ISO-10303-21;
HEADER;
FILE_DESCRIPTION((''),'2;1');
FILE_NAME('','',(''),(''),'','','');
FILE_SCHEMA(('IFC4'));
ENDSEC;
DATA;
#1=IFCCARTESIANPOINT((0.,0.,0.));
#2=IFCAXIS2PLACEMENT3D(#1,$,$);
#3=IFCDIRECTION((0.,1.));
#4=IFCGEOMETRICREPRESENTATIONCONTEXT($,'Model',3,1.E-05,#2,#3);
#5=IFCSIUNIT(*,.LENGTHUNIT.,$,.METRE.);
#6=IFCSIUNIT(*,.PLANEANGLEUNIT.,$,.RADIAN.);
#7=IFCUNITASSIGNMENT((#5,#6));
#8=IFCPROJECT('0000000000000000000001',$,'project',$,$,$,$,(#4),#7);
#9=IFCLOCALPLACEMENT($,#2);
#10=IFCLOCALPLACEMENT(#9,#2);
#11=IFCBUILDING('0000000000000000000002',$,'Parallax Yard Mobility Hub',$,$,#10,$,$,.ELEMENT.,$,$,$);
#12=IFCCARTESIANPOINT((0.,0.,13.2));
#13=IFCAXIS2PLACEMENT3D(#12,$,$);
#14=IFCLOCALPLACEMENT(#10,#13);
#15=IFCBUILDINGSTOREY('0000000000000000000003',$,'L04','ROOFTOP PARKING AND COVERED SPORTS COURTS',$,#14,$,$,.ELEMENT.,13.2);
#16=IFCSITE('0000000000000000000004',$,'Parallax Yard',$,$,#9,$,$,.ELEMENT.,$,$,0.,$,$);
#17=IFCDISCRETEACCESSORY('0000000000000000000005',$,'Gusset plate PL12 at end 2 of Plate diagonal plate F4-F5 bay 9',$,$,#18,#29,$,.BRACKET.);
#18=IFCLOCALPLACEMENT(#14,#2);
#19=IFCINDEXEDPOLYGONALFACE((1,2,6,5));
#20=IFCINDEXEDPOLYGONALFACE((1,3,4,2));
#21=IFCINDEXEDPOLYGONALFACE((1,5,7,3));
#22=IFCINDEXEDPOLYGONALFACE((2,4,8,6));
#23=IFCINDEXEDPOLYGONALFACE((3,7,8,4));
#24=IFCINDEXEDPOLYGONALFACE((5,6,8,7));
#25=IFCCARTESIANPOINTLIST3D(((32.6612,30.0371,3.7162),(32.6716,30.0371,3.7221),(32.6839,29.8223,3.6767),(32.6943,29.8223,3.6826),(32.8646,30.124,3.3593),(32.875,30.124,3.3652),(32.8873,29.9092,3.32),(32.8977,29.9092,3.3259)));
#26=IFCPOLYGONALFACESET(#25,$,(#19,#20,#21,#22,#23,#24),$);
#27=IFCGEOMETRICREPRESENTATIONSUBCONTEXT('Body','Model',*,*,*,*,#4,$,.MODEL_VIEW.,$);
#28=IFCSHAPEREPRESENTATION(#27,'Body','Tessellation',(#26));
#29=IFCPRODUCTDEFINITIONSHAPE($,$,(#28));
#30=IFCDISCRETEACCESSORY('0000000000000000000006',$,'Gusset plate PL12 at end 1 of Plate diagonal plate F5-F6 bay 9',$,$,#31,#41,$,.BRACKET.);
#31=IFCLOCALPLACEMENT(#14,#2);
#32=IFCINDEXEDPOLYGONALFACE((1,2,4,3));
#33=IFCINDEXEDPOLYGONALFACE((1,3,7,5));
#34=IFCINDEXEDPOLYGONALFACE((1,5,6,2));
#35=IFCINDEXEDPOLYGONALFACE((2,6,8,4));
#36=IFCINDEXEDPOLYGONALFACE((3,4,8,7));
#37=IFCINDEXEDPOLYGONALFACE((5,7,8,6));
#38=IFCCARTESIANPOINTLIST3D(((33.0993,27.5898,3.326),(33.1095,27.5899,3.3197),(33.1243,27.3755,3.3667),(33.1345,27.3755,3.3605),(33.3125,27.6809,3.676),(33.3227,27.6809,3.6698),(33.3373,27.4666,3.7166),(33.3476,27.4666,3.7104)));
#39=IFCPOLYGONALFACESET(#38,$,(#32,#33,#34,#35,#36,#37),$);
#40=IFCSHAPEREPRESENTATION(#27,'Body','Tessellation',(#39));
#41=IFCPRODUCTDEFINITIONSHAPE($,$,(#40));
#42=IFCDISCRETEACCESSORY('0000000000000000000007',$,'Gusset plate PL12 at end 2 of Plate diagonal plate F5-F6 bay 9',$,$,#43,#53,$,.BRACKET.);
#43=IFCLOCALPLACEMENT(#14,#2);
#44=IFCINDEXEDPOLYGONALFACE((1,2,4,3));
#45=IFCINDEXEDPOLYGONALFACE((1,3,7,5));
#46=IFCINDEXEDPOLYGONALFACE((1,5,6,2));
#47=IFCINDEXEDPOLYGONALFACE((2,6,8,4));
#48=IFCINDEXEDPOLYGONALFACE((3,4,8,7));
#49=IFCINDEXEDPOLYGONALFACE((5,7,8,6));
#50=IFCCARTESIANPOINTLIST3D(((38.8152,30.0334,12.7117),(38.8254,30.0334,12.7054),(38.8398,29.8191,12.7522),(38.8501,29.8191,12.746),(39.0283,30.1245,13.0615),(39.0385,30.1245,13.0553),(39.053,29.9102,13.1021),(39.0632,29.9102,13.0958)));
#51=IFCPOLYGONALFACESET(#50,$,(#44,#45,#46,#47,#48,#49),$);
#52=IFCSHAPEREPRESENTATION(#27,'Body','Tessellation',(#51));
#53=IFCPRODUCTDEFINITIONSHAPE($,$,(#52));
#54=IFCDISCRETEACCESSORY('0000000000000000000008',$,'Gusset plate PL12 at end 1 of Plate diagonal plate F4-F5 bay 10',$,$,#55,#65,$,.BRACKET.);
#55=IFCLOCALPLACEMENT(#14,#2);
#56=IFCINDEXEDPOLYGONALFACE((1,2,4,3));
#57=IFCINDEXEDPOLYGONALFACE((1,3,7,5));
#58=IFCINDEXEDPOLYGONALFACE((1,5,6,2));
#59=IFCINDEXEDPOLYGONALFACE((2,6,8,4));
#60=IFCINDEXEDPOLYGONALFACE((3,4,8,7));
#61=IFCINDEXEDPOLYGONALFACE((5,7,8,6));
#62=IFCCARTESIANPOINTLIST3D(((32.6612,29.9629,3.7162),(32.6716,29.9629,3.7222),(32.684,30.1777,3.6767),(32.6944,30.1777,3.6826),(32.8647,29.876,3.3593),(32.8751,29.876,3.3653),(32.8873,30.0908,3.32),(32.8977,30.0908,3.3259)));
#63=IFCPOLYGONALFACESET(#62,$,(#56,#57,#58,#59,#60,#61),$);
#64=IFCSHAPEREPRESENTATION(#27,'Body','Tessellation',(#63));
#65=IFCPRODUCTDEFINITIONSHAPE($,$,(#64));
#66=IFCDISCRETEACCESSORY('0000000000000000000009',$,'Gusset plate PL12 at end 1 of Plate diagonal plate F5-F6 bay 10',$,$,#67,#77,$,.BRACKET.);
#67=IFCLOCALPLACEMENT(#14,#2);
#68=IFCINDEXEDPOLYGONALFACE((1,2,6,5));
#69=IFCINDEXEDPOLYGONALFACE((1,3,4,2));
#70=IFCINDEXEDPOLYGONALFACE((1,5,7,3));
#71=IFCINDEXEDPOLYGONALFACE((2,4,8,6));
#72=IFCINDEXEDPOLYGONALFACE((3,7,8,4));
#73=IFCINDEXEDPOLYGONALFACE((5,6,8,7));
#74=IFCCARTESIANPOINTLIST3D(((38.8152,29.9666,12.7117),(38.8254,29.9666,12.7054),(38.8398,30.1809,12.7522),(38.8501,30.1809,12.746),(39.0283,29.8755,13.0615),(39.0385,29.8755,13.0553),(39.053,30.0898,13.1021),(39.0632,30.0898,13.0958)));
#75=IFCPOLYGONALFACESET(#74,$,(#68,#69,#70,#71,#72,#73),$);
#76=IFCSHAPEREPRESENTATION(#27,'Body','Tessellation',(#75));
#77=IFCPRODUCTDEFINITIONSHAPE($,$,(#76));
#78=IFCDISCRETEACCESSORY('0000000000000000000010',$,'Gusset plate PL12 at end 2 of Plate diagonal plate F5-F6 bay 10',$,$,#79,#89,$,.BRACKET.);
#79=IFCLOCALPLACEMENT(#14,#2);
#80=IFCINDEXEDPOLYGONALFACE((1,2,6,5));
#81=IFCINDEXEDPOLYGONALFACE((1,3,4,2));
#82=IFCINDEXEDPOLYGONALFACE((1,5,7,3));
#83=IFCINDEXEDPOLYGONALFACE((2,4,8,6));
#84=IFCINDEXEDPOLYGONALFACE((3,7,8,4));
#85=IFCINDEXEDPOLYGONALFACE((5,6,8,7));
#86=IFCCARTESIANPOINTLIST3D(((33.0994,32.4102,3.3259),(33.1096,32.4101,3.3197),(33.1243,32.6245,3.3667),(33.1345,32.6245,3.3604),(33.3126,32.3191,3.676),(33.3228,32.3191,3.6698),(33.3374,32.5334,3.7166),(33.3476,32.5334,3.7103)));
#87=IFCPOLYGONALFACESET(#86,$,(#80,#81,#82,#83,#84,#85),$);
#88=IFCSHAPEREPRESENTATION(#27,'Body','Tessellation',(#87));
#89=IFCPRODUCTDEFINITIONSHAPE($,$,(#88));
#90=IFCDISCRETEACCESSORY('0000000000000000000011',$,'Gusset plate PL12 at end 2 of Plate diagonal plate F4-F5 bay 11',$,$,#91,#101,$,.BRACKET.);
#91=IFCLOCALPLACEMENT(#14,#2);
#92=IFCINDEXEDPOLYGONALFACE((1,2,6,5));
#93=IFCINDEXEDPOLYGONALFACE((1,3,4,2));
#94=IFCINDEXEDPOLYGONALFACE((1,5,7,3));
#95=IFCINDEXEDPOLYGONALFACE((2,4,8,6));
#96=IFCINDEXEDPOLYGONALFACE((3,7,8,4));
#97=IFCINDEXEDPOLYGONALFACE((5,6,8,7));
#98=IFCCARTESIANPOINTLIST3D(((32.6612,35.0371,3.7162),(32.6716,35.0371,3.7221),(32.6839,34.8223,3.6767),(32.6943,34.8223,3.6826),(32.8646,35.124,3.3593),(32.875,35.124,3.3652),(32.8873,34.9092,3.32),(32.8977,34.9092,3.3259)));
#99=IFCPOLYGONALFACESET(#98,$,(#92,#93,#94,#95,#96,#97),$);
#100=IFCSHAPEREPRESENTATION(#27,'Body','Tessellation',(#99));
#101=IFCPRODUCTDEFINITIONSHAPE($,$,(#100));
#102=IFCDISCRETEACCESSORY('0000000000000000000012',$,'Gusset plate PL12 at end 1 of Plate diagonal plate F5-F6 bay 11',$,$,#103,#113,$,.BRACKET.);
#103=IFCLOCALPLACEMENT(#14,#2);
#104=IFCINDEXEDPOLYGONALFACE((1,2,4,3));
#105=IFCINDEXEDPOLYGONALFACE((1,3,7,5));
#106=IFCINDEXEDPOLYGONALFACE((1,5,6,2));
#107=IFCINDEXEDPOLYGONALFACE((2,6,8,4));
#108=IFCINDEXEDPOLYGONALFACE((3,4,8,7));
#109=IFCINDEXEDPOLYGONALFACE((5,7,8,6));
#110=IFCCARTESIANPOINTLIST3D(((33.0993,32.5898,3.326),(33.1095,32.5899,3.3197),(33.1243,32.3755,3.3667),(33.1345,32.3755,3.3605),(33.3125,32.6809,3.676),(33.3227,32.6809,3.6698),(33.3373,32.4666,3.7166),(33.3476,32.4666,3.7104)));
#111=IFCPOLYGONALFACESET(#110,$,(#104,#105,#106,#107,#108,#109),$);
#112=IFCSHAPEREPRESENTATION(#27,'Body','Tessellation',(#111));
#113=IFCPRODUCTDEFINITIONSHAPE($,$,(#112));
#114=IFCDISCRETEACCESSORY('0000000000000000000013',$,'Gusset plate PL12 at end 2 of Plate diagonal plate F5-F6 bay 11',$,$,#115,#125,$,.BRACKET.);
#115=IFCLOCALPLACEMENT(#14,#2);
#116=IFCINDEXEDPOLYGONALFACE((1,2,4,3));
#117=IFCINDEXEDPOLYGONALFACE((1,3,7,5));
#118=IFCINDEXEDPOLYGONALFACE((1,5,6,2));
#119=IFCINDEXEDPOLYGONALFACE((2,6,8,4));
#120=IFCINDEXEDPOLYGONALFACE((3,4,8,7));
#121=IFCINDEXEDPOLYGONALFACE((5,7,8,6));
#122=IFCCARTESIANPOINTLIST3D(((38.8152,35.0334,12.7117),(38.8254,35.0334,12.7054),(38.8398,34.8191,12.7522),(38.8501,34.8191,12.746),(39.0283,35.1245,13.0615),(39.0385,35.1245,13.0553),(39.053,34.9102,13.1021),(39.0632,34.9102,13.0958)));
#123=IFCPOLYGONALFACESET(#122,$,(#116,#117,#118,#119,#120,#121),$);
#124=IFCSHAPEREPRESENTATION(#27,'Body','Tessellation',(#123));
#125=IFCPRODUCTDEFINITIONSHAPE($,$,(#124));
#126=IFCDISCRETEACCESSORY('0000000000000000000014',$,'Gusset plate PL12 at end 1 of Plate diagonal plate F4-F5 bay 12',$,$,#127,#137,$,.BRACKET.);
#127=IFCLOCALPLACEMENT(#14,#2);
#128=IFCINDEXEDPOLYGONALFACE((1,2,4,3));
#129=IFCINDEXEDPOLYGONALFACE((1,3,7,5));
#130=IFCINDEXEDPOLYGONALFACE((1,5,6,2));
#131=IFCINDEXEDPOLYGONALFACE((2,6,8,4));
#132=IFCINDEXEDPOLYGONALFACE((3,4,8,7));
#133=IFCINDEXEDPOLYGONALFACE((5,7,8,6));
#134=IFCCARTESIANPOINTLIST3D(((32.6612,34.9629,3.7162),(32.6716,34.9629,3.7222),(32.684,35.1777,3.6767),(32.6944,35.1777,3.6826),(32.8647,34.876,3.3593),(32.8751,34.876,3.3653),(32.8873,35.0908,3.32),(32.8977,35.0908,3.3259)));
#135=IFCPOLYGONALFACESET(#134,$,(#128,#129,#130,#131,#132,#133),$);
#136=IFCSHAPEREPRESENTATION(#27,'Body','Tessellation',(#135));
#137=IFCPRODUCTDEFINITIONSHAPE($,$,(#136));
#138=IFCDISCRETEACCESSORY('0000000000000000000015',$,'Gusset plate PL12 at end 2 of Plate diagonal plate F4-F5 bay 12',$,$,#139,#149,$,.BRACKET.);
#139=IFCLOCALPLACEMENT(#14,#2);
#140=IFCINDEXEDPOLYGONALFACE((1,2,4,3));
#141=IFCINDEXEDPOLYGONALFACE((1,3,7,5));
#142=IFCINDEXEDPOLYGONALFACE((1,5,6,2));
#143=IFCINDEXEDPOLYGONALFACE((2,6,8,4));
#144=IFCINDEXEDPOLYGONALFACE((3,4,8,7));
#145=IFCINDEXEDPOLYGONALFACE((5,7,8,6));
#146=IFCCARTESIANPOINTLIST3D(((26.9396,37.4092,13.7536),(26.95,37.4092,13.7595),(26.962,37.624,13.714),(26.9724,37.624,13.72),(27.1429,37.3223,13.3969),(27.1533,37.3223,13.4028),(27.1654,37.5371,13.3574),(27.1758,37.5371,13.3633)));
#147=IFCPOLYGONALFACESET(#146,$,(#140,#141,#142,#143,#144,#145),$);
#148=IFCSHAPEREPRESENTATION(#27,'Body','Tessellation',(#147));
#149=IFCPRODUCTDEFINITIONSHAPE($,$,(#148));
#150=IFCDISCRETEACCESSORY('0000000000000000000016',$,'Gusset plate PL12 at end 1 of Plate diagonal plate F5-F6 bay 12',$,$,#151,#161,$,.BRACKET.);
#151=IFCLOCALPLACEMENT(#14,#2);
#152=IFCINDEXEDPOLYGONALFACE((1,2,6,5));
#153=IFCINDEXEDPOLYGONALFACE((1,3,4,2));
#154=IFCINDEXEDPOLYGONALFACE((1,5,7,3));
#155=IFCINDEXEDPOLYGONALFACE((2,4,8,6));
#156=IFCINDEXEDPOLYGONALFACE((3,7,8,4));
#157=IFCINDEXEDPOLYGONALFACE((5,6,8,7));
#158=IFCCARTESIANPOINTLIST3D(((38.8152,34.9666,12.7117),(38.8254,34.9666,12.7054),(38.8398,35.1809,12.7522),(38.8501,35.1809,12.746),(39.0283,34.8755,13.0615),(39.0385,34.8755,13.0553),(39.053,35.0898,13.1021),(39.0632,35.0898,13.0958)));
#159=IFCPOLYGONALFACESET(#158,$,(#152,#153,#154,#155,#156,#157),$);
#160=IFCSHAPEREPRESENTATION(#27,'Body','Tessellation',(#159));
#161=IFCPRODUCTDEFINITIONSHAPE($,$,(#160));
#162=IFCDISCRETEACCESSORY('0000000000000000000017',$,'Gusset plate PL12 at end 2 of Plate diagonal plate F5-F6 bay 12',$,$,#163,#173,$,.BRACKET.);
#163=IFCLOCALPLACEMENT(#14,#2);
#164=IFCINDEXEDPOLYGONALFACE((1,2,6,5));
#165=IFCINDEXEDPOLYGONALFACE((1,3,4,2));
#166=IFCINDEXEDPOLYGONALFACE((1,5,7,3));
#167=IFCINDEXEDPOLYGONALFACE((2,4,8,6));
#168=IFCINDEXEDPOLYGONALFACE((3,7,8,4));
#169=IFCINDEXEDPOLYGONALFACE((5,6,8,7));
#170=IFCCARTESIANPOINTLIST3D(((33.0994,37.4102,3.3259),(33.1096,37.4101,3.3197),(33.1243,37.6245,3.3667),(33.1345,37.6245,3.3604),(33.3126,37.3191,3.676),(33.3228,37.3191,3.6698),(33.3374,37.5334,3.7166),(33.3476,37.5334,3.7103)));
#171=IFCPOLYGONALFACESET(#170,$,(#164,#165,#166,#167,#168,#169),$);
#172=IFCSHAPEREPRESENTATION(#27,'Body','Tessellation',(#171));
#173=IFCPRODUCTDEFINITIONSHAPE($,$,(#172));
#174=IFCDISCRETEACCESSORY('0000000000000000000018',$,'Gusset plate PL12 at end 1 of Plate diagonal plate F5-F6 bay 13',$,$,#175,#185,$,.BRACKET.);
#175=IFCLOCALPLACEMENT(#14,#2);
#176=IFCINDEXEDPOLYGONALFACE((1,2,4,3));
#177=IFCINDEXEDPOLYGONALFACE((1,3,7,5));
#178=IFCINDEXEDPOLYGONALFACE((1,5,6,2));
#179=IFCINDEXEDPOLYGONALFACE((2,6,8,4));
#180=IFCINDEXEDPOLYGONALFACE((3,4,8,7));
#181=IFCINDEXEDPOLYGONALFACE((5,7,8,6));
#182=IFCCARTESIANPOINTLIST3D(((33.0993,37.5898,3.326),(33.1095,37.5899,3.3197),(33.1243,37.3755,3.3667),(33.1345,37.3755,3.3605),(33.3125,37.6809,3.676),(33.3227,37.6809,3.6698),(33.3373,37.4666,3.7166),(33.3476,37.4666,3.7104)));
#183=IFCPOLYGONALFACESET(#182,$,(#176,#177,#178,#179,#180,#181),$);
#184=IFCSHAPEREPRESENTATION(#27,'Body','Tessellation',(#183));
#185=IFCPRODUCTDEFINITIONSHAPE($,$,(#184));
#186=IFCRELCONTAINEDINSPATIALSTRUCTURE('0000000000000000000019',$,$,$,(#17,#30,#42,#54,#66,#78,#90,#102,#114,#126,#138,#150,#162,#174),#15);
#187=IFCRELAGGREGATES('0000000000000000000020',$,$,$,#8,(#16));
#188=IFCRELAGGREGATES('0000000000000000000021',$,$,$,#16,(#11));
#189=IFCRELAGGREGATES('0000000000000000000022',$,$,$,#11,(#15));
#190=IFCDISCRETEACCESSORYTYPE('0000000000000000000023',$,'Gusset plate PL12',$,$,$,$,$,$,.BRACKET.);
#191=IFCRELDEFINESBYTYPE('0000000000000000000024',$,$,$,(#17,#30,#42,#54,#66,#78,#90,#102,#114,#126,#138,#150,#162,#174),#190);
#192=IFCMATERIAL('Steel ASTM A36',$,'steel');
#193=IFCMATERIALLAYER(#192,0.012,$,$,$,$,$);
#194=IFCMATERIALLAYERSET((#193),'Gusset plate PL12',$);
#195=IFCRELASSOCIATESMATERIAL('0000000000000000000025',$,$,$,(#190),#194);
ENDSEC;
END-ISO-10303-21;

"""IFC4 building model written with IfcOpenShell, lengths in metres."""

from ifc_helpers import new_model, si_unit, direction, frame, origin, place, context, subcontext, project, spatial, polyline, outline, extrude, material, layer, layer_set, type_object, element, save


model = new_model("IFC4")

# Units and contexts
model_context = context("Model", 3, precision=1e-05, world=origin(), true_north=direction((0.0, 1.0)))
body_context = subcontext(model_context, "Body", "Model", "MODEL_VIEW")
ifc_project = project(units=[si_unit("LENGTHUNIT", "METRE"), si_unit("PLANEANGLEUNIT", "RADIAN")], contexts=[model_context])

# Site, building, storey
site_placement = place(None, origin())
site = spatial("IfcSite", under=ifc_project, at=site_placement, Name="Parallax Yard", CompositionType="ELEMENT", RefElevation=0.0)
building_placement = place(site_placement, origin())
building = spatial("IfcBuilding", under=site, at=building_placement, Name="Parallax Yard Mobility Hub", CompositionType="ELEMENT")
storey_placement = place(building_placement, frame((0.0, 0.0, 13.2)))
storey = spatial("IfcBuildingStorey", under=building, at=storey_placement, Name="L04", Description="ROOFTOP PARKING AND COVERED SPORTS COURTS", CompositionType="ELEMENT", Elevation=13.2)

# Discrete accessories
ifc_material_1 = material(Name="Steel ASTM A36", Category="steel")
ifc_layer = layer(ifc_material_1, 0.012)
ifc_layer_set = layer_set([ifc_layer], Name="Gusset plate PL12")
discrete_accessory_type = type_object("IfcDiscreteAccessoryType", Name="Gusset plate PL12", PredefinedType="BRACKET", material=ifc_layer_set)
discrete_accessory_1_placement = place(storey_placement, frame((32.6943, 29.8223, 3.6826), z_axis=(0.868697, 0.000899, 0.495343), x_axis=(0.484444, 0.207091, -0.849958)))
element("IfcDiscreteAccessory", 1, at=discrete_accessory_1_placement, inside=storey, type_object=discrete_accessory_type, Name="Gusset plate PL12 at end 2 of Plate diagonal plate F4-F5 bay 9", PredefinedType="BRACKET", context=body_context, shape_type="SweptSolid", body=[
    extrude(outline(polyline([(0.0, 0.0), (0.4197, 0.0), (0.4198, 0.2196), (-0.0001, 0.2196), (0.0, 0.0)])), origin(), (0.0, 0.0, -1.0), 0.012),
])
discrete_accessory_2_placement = place(storey_placement, frame((33.3125, 27.6809, 3.676), z_axis=(-0.854019, -0.000558, 0.520242), x_axis=(-0.507755, -0.216889, -0.833753)))
element("IfcDiscreteAccessory", 2, at=discrete_accessory_2_placement, inside=storey, type_object=discrete_accessory_type, Name="Gusset plate PL12 at end 1 of Plate diagonal plate F5-F6 bay 9", PredefinedType="BRACKET", context=body_context, shape_type="SweptSolid", body=[
    extrude(outline(polyline([(0.0, 0.0), (0.4199, 0.0), (0.4197, 0.2196), (0.0001, 0.2196), (0.0, 0.0)])), origin(), (0.0, 0.0, -1.0), 0.012),
])
discrete_accessory_3_placement = place(storey_placement, frame((38.8398, 29.8191, 12.7522), z_axis=(-0.854017, 0.00012, 0.520246), x_axis=(0.507872, 0.216994, 0.833654)))
element("IfcDiscreteAccessory", 3, at=discrete_accessory_3_placement, inside=storey, type_object=discrete_accessory_type, Name="Gusset plate PL12 at end 2 of Plate diagonal plate F5-F6 bay 9", PredefinedType="BRACKET", context=body_context, shape_type="SweptSolid", body=[
    extrude(outline(polyline([(0.0, 0.0), (0.4197, 0.0), (0.4199, 0.2195), (0.0002, 0.2195), (0.0, 0.0)])), origin(), (0.0, 0.0, -1.0), 0.012),
])
discrete_accessory_4_placement = place(storey_placement, frame((32.6716, 29.9629, 3.7222), z_axis=(0.868697, -0.000899, 0.495343), x_axis=(0.484455, -0.206988, -0.849976)))
element("IfcDiscreteAccessory", 4, at=discrete_accessory_4_placement, inside=storey, type_object=discrete_accessory_type, Name="Gusset plate PL12 at end 1 of Plate diagonal plate F4-F5 bay 10", PredefinedType="BRACKET", context=body_context, shape_type="SweptSolid", body=[
    extrude(outline(polyline([(0.0, 0.0), (0.4199, 0.0), (0.4198, 0.2196), (0.0001, 0.2196), (0.0, 0.0)])), origin(), (0.0, 0.0, -1.0), 0.012),
])
discrete_accessory_5_placement = place(storey_placement, frame((38.8152, 29.9666, 12.7117), z_axis=(-0.854017, -0.00012, 0.520246), x_axis=(0.507872, -0.216994, 0.833654)))
element("IfcDiscreteAccessory", 5, at=discrete_accessory_5_placement, inside=storey, type_object=discrete_accessory_type, Name="Gusset plate PL12 at end 1 of Plate diagonal plate F5-F6 bay 10", PredefinedType="BRACKET", context=body_context, shape_type="SweptSolid", body=[
    extrude(outline(polyline([(0.0, 0.0), (0.4197, 0.0), (0.4195, 0.2195), (-0.0002, 0.2195), (0.0, 0.0)])), origin(), (0.0, 0.0, -1.0), 0.012),
])
discrete_accessory_6_placement = place(storey_placement, frame((33.3374, 32.5334, 3.7166), z_axis=(-0.854019, 0.000558, 0.520242), x_axis=(-0.507743, 0.216994, -0.833733)))
element("IfcDiscreteAccessory", 6, at=discrete_accessory_6_placement, inside=storey, type_object=discrete_accessory_type, Name="Gusset plate PL12 at end 2 of Plate diagonal plate F5-F6 bay 10", PredefinedType="BRACKET", context=body_context, shape_type="SweptSolid", body=[
    extrude(outline(polyline([(0.0, 0.0), (0.4197, 0.0), (0.4198, 0.2196), (-0.0001, 0.2196), (0.0, 0.0)])), origin(), (0.0, 0.0, -1.0), 0.012),
])
discrete_accessory_7_placement = place(storey_placement, frame((32.6943, 34.8223, 3.6826), z_axis=(0.868697, 0.000899, 0.495343), x_axis=(0.484444, 0.207091, -0.849958)))
element("IfcDiscreteAccessory", 7, at=discrete_accessory_7_placement, inside=storey, type_object=discrete_accessory_type, Name="Gusset plate PL12 at end 2 of Plate diagonal plate F4-F5 bay 11", PredefinedType="BRACKET", context=body_context, shape_type="SweptSolid", body=[
    extrude(outline(polyline([(0.0, 0.0), (0.4197, 0.0), (0.4198, 0.2196), (-0.0001, 0.2196), (0.0, 0.0)])), origin(), (0.0, 0.0, -1.0), 0.012),
])
discrete_accessory_8_placement = place(storey_placement, frame((33.3125, 32.6809, 3.676), z_axis=(-0.854019, -0.000558, 0.520242), x_axis=(-0.507755, -0.216889, -0.833753)))
element("IfcDiscreteAccessory", 8, at=discrete_accessory_8_placement, inside=storey, type_object=discrete_accessory_type, Name="Gusset plate PL12 at end 1 of Plate diagonal plate F5-F6 bay 11", PredefinedType="BRACKET", context=body_context, shape_type="SweptSolid", body=[
    extrude(outline(polyline([(0.0, 0.0), (0.4199, 0.0), (0.4197, 0.2196), (0.0001, 0.2196), (0.0, 0.0)])), origin(), (0.0, 0.0, -1.0), 0.012),
])
discrete_accessory_9_placement = place(storey_placement, frame((38.8398, 34.8191, 12.7522), z_axis=(-0.854017, 0.00012, 0.520246), x_axis=(0.507872, 0.216994, 0.833654)))
element("IfcDiscreteAccessory", 9, at=discrete_accessory_9_placement, inside=storey, type_object=discrete_accessory_type, Name="Gusset plate PL12 at end 2 of Plate diagonal plate F5-F6 bay 11", PredefinedType="BRACKET", context=body_context, shape_type="SweptSolid", body=[
    extrude(outline(polyline([(0.0, 0.0), (0.4197, 0.0), (0.4199, 0.2195), (0.0002, 0.2195), (0.0, 0.0)])), origin(), (0.0, 0.0, -1.0), 0.012),
])
discrete_accessory_10_placement = place(storey_placement, frame((32.6716, 34.9629, 3.7222), z_axis=(0.868697, -0.000899, 0.495343), x_axis=(0.484455, -0.206988, -0.849976)))
element("IfcDiscreteAccessory", 10, at=discrete_accessory_10_placement, inside=storey, type_object=discrete_accessory_type, Name="Gusset plate PL12 at end 1 of Plate diagonal plate F4-F5 bay 12", PredefinedType="BRACKET", context=body_context, shape_type="SweptSolid", body=[
    extrude(outline(polyline([(0.0, 0.0), (0.4199, 0.0), (0.4198, 0.2196), (0.0001, 0.2196), (0.0, 0.0)])), origin(), (0.0, 0.0, -1.0), 0.012),
])
discrete_accessory_11_placement = place(storey_placement, frame((27.1758, 37.5371, 13.3633), z_axis=(0.868755, 0.000345, 0.495243), x_axis=(-0.484569, 0.207091, 0.849886)))
element("IfcDiscreteAccessory", 11, at=discrete_accessory_11_placement, inside=storey, type_object=discrete_accessory_type, Name="Gusset plate PL12 at end 2 of Plate diagonal plate F4-F5 bay 12", PredefinedType="BRACKET", context=body_context, shape_type="SweptSolid", body=[
    extrude(outline(polyline([(0.0, 0.0), (0.4197, 0.0), (0.4197, 0.2196), (0.0, 0.2196), (0.0, 0.0)])), origin(), (0.0, 0.0, -1.0), 0.012),
])
discrete_accessory_12_placement = place(storey_placement, frame((38.8152, 34.9666, 12.7117), z_axis=(-0.854017, -0.00012, 0.520246), x_axis=(0.507872, -0.216994, 0.833654)))
element("IfcDiscreteAccessory", 12, at=discrete_accessory_12_placement, inside=storey, type_object=discrete_accessory_type, Name="Gusset plate PL12 at end 1 of Plate diagonal plate F5-F6 bay 12", PredefinedType="BRACKET", context=body_context, shape_type="SweptSolid", body=[
    extrude(outline(polyline([(0.0, 0.0), (0.4197, 0.0), (0.4195, 0.2195), (-0.0002, 0.2195), (0.0, 0.0)])), origin(), (0.0, 0.0, -1.0), 0.012),
])
discrete_accessory_13_placement = place(storey_placement, frame((33.3374, 37.5334, 3.7166), z_axis=(-0.854019, 0.000558, 0.520242), x_axis=(-0.507743, 0.216994, -0.833733)))
element("IfcDiscreteAccessory", 13, at=discrete_accessory_13_placement, inside=storey, type_object=discrete_accessory_type, Name="Gusset plate PL12 at end 2 of Plate diagonal plate F5-F6 bay 12", PredefinedType="BRACKET", context=body_context, shape_type="SweptSolid", body=[
    extrude(outline(polyline([(0.0, 0.0), (0.4197, 0.0), (0.4198, 0.2196), (-0.0001, 0.2196), (0.0, 0.0)])), origin(), (0.0, 0.0, -1.0), 0.012),
])
discrete_accessory_14_placement = place(storey_placement, frame((33.3125, 37.6809, 3.676), z_axis=(-0.854019, -0.000558, 0.520242), x_axis=(-0.507755, -0.216889, -0.833753)))
element("IfcDiscreteAccessory", 14, at=discrete_accessory_14_placement, inside=storey, type_object=discrete_accessory_type, Name="Gusset plate PL12 at end 1 of Plate diagonal plate F5-F6 bay 13", PredefinedType="BRACKET", context=body_context, shape_type="SweptSolid", body=[
    extrude(outline(polyline([(0.0, 0.0), (0.4199, 0.0), (0.4197, 0.2196), (0.0001, 0.2196), (0.0, 0.0)])), origin(), (0.0, 0.0, -1.0), 0.012),
])

save(model, "model.ifc")
